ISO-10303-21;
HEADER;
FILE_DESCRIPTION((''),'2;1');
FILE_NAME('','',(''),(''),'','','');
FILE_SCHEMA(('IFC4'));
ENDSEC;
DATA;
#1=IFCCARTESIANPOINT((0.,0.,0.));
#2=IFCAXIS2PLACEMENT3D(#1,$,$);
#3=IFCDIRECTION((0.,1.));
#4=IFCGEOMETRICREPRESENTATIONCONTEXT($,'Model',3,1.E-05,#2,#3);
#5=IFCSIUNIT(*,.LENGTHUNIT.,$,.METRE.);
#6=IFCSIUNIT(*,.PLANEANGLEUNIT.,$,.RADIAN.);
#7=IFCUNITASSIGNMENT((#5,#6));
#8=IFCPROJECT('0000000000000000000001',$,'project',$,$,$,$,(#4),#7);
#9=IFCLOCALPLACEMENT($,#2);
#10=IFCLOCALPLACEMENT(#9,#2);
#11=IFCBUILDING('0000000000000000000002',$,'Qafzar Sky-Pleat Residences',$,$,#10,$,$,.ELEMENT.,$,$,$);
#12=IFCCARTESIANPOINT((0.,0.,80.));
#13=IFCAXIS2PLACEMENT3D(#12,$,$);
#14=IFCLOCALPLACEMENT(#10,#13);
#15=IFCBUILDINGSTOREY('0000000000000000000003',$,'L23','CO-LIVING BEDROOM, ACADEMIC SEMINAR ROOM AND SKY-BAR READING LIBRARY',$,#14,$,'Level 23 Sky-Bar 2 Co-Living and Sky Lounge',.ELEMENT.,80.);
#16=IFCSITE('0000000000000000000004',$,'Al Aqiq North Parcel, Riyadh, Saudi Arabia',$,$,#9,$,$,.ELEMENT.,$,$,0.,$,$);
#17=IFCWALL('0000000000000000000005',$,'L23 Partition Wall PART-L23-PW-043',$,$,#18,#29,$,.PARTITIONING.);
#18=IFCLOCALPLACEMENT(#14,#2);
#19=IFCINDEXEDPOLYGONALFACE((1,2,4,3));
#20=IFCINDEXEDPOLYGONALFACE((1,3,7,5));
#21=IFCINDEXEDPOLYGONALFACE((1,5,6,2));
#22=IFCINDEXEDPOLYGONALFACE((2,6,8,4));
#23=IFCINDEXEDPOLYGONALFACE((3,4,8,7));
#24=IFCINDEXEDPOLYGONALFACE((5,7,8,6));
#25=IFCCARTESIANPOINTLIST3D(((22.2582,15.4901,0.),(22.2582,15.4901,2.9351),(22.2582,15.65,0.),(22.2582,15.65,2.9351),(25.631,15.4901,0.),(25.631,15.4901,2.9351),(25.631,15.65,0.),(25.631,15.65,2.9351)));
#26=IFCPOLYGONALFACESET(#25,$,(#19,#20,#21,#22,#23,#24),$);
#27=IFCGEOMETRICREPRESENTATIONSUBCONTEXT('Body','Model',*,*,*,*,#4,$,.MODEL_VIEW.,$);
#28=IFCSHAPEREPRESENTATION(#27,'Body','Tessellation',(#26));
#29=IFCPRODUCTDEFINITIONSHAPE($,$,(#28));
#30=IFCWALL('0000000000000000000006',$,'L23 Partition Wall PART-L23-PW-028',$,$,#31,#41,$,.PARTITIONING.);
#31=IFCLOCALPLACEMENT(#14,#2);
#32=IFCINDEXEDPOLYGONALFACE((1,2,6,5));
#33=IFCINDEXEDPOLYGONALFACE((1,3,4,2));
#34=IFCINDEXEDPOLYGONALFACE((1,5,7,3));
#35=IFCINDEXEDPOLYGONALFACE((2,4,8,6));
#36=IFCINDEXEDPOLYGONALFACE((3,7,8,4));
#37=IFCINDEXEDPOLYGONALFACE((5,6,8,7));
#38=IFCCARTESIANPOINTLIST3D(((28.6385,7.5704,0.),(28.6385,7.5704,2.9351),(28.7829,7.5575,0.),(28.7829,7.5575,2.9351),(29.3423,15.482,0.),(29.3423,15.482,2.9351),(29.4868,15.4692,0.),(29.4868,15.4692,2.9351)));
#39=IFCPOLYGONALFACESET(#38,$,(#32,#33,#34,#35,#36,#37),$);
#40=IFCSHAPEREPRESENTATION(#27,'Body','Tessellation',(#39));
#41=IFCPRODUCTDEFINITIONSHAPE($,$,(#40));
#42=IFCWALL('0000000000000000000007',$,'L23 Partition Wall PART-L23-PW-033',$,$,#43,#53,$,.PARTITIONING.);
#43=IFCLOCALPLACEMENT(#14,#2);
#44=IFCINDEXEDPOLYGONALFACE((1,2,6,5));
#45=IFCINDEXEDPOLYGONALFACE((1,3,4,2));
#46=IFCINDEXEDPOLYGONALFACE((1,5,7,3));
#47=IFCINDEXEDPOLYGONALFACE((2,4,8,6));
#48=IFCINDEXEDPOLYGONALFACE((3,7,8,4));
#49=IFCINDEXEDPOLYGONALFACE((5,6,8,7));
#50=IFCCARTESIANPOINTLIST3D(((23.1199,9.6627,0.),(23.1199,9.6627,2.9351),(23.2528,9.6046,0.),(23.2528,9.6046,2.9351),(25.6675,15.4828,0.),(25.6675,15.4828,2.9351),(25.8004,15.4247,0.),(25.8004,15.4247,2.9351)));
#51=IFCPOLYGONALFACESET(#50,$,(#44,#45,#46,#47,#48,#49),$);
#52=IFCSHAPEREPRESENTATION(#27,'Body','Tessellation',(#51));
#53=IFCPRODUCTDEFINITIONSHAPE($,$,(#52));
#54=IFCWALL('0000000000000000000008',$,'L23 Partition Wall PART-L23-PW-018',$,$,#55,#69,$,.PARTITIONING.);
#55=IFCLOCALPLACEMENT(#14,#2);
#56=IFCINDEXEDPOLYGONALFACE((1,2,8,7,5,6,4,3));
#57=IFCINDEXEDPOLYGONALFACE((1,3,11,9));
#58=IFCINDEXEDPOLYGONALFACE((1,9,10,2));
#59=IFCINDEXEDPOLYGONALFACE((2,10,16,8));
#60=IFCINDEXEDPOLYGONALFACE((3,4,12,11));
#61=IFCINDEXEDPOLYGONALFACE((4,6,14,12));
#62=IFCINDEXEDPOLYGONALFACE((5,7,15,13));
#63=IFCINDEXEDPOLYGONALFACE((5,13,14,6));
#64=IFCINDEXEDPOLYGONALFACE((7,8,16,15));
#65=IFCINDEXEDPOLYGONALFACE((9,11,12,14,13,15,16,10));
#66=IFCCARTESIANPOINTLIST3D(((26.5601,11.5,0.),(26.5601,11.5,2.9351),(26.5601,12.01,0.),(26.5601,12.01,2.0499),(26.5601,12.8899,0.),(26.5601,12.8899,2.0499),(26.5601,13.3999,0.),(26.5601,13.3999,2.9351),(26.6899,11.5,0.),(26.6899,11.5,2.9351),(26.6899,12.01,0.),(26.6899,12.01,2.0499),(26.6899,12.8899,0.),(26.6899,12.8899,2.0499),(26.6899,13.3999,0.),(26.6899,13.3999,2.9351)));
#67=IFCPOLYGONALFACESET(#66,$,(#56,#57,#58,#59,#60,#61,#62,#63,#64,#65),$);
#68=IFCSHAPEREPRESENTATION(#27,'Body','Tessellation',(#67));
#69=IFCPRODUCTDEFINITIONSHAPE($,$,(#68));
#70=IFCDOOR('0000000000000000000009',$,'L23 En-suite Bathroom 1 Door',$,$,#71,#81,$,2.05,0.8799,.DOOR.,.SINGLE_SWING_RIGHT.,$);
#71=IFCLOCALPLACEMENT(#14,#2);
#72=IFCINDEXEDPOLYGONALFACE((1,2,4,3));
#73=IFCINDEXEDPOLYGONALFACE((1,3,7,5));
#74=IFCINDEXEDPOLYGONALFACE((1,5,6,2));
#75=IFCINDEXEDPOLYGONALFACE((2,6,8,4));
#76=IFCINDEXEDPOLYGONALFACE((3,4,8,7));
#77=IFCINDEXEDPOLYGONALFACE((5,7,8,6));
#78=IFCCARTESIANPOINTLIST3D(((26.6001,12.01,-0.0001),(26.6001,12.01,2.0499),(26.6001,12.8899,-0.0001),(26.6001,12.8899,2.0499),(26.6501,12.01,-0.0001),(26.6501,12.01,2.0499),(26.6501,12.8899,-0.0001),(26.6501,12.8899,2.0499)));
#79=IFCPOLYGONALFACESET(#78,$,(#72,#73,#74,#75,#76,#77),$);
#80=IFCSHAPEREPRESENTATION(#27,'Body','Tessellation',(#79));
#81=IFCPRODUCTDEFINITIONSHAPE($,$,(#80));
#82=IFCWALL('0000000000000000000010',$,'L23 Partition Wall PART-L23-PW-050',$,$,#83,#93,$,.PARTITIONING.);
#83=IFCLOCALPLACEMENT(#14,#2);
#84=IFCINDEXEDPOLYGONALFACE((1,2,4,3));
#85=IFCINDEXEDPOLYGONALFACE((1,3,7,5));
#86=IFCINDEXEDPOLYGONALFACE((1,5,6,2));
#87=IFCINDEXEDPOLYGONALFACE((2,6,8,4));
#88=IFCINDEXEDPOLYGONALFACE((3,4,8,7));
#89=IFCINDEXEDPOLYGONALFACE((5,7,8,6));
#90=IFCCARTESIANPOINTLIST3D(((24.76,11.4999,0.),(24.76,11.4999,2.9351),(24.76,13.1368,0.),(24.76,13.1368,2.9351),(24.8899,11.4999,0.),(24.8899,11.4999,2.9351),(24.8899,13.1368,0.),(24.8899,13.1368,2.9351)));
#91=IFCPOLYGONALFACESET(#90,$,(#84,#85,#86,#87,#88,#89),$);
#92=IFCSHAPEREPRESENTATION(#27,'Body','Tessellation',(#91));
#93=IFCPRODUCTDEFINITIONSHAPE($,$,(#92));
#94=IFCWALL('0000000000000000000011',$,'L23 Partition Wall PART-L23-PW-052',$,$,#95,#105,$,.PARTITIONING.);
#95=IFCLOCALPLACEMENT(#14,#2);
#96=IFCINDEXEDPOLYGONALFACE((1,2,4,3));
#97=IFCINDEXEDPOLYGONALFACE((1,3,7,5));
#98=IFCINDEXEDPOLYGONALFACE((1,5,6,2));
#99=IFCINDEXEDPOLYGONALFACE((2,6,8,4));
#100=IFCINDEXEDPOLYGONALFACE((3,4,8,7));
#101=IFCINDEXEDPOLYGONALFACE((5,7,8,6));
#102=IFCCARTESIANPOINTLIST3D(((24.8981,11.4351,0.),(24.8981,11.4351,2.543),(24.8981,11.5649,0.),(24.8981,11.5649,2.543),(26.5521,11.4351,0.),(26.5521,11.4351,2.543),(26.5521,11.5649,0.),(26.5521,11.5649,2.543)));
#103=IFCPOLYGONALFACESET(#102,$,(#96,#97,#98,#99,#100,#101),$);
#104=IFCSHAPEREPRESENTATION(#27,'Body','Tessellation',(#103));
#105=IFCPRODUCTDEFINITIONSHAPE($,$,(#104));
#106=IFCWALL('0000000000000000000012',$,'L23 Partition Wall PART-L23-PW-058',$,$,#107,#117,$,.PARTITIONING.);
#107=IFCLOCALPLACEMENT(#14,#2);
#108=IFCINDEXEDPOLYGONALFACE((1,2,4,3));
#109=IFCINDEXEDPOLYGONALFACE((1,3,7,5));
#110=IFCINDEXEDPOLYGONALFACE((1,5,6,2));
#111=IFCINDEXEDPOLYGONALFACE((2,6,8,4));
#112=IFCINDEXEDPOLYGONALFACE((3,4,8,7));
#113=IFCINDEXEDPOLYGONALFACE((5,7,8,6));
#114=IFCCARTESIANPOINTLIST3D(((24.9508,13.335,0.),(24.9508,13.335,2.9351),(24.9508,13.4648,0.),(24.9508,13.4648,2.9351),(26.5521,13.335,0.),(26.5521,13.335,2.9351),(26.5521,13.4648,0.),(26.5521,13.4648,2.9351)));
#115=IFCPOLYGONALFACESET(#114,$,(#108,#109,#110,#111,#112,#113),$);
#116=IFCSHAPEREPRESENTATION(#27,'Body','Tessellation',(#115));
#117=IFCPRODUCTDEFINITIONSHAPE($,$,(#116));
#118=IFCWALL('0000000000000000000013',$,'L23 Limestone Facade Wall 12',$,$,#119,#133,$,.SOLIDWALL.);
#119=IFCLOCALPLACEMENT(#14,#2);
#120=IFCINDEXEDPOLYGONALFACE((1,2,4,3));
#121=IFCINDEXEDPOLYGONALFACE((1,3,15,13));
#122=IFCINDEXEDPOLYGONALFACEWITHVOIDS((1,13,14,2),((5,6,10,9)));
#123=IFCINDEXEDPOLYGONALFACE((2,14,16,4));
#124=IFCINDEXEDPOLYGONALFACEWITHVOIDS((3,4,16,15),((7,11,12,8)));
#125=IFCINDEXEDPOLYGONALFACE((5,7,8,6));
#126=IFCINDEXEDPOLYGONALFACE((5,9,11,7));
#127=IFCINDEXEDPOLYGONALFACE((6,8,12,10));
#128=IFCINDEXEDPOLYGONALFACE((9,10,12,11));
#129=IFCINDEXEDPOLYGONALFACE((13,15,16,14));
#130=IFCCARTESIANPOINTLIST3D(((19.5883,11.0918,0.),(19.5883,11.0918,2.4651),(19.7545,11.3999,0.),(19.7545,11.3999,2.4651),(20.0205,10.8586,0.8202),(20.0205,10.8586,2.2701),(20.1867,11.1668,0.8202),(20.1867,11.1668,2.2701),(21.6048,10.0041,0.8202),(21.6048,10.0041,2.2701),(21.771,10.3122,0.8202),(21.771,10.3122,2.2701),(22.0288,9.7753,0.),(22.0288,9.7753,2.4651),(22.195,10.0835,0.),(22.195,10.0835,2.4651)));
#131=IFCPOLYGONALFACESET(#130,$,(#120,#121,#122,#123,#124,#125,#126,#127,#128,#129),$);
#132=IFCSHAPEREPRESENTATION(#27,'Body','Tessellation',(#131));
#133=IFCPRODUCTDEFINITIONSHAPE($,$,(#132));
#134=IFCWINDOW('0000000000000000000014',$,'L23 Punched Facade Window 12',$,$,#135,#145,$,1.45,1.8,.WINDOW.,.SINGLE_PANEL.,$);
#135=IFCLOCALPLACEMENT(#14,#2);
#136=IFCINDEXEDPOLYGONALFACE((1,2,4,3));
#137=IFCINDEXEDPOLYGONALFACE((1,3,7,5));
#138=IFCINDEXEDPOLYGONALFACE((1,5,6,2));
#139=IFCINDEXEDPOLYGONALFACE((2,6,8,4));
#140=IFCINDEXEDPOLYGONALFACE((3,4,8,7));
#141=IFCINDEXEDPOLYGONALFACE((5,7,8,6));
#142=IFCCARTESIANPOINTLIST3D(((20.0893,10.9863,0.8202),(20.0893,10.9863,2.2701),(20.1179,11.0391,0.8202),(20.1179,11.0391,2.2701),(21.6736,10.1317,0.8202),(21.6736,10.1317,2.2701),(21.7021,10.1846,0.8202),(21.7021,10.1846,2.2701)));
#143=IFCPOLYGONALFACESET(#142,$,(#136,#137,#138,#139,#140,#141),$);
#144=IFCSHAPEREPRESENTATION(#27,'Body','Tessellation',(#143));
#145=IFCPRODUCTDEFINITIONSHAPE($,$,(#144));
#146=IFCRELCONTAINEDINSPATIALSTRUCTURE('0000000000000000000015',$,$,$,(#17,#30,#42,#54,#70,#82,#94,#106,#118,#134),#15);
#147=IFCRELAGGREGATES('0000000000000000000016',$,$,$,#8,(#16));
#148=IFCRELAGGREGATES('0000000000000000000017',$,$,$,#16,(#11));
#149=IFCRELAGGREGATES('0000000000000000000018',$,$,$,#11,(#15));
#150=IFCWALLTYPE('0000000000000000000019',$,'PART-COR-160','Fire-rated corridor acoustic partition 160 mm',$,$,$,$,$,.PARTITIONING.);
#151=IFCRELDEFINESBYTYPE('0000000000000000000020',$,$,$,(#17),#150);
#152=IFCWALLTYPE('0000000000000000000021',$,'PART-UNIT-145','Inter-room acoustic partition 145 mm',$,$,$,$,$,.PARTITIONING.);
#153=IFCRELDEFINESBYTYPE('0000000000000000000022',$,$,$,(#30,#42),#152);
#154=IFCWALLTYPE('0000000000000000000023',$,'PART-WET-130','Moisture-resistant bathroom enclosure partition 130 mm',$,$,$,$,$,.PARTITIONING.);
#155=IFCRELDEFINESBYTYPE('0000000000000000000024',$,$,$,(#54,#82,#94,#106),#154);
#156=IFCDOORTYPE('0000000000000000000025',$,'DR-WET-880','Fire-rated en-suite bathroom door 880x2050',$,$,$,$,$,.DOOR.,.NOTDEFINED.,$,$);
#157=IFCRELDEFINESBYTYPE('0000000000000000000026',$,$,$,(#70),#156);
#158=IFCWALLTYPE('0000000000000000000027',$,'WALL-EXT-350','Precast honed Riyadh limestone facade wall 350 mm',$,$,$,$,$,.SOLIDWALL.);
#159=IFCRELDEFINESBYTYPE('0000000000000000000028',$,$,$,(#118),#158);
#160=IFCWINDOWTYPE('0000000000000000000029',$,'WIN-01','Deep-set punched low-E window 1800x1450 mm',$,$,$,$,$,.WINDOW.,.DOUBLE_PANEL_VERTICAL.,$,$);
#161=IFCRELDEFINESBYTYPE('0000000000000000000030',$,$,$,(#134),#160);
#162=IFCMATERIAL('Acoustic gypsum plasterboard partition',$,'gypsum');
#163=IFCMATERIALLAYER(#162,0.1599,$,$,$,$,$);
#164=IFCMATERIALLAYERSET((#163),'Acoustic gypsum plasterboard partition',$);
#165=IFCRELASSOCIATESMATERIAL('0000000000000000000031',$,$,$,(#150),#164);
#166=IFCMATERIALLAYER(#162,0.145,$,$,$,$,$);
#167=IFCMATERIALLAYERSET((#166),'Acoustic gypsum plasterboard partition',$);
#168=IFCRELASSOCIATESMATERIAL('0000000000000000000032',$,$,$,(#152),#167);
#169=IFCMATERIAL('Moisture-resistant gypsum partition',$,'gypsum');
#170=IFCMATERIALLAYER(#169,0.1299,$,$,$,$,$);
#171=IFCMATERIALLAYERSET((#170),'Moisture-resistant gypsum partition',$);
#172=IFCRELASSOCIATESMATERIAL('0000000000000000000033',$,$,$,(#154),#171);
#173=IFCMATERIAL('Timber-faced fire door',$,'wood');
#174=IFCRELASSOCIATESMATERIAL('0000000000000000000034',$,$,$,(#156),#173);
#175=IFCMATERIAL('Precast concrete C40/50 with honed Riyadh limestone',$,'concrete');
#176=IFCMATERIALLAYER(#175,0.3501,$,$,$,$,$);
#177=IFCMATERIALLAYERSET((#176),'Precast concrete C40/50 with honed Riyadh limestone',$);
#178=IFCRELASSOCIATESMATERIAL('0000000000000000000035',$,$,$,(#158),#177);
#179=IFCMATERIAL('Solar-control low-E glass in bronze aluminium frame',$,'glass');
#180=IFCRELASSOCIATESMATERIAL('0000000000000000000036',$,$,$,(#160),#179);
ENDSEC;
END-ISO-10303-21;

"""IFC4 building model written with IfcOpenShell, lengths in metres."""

from ifc_helpers import new_model, si_unit, direction, frame, frame_2d, origin, place, context, subcontext, project, spatial, rectangle, extrude, source, transform, mapped, material, layer, layer_set, type_object, element, fill, save


model = new_model("IFC4")

# Units and contexts
model_context = context("Model", 3, precision=1e-05, world=origin(), true_north=direction((0.0, 1.0)))
body_context = subcontext(model_context, "Body", "Model", "MODEL_VIEW")
ifc_project = project(units=[si_unit("LENGTHUNIT", "METRE"), si_unit("PLANEANGLEUNIT", "RADIAN")], contexts=[model_context])

# Site, building, storey
site_placement = place(None, origin())
site = spatial("IfcSite", under=ifc_project, at=site_placement, Name="Al Aqiq North Parcel, Riyadh, Saudi Arabia", CompositionType="ELEMENT", RefElevation=0.0)
building_placement = place(site_placement, origin())
building = spatial("IfcBuilding", under=site, at=building_placement, Name="Qafzar Sky-Pleat Residences", CompositionType="ELEMENT")
storey_placement = place(building_placement, frame((0.0, 0.0, 80.0)))
storey = spatial("IfcBuildingStorey", under=building, at=storey_placement, Name="L23", Description="CO-LIVING BEDROOM, ACADEMIC SEMINAR ROOM AND SKY-BAR READING LIBRARY", LongName="Level 23 Sky-Bar 2 Co-Living and Sky Lounge", CompositionType="ELEMENT", Elevation=80.0)

# Shared definitions
ifc_material_1 = material(Name="Acoustic gypsum plasterboard partition", Category="gypsum")
ifc_layer_1 = layer(ifc_material_1, 0.1599)
ifc_layer_set_1 = layer_set([ifc_layer_1], Name="Acoustic gypsum plasterboard partition")
wall_type_1 = type_object("IfcWallType", Name="PART-COR-160", Description="Fire-rated corridor acoustic partition 160 mm", PredefinedType="PARTITIONING", material=ifc_layer_set_1)
ifc_material_2 = material(Name="Timber-faced fire door", Category="wood")

# Walls
wall_1_placement = place(storey_placement, frame((22.2581, 15.5701, 0.0), z_axis=(0.0, 0.0, 1.0), x_axis=(1.0, 0.0, 0.0)))
element("IfcWall", 1, at=wall_1_placement, inside=storey, type_object=wall_type_1, Name="L23 Partition Wall PART-L23-PW-043", PredefinedType="PARTITIONING", context=body_context, shape_type="SweptSolid", body=[
    extrude(rectangle(XDim=3.3728, YDim=0.1599, at=frame_2d((1.6865, 0.0))), origin(), (0.0, 0.0, 1.0), 2.9351),
])
ifc_layer_2 = layer(ifc_material_1, 0.145)
ifc_layer_set_2 = layer_set([ifc_layer_2], Name="Acoustic gypsum plasterboard partition")
wall_type_2 = type_object("IfcWallType", Name="PART-UNIT-145", Description="Inter-room acoustic partition 145 mm", PredefinedType="PARTITIONING", material=ifc_layer_set_2)
wall_2_placement = place(storey_placement, frame((28.7107, 7.564, 0.0), z_axis=(0.0, 0.0, 1.0), x_axis=(0.088615, 0.996066, 0.0)))
element("IfcWall", 2, at=wall_2_placement, inside=storey, type_object=wall_type_2, Name="L23 Partition Wall PART-L23-PW-028", PredefinedType="PARTITIONING", context=body_context, shape_type="SweptSolid", body=[
    extrude(rectangle(XDim=7.9429, YDim=0.145, at=frame_2d((3.9714, 0.0))), origin(), (0.0, 0.0, 1.0), 2.9351),
])
wall_3_placement = place(storey_placement, frame((23.1863, 9.6335, 0.0), z_axis=(0.0, 0.0, 1.0), x_axis=(0.400994, 0.916081, 0.0)))
element("IfcWall", 3, at=wall_3_placement, inside=storey, type_object=wall_type_2, Name="L23 Partition Wall PART-L23-PW-033", PredefinedType="PARTITIONING", context=body_context, shape_type="SweptSolid", body=[
    extrude(rectangle(XDim=6.3533, YDim=0.145, at=frame_2d((3.1768, 0.0))), origin(), (0.0, 0.0, 1.0), 2.9351),
])

# Wall, opening, door
ifc_material_3 = material(Name="Moisture-resistant gypsum partition", Category="gypsum")
ifc_layer_3 = layer(ifc_material_3, 0.1299)
ifc_layer_set_3 = layer_set([ifc_layer_3], Name="Moisture-resistant gypsum partition")
wall_type_3 = type_object("IfcWallType", Name="PART-WET-130", Description="Moisture-resistant bathroom enclosure partition 130 mm", PredefinedType="PARTITIONING", material=ifc_layer_set_3)
wall_4_placement = place(storey_placement, frame((26.625, 11.5, 0.0), z_axis=(0.0, 0.0, 1.0), x_axis=(0.0, 1.0, 0.0)))
wall_4 = element("IfcWall", 4, at=wall_4_placement, inside=storey, type_object=wall_type_3, Name="L23 Partition Wall PART-L23-PW-018", PredefinedType="PARTITIONING", context=body_context, shape_type="SweptSolid", body=[
    extrude(rectangle(XDim=1.8999, YDim=0.1299, at=frame_2d((0.95, 0.0))), origin(), (0.0, 0.0, 1.0), 2.9351),
])
opening_1_placement = place(wall_4_placement, frame((0.51, 0.0, 0.0)))
opening_1 = element("IfcOpeningElement", 5, at=opening_1_placement, cuts=wall_4, PredefinedType="OPENING", context=body_context, shape_type="SweptSolid", body=[
    extrude(rectangle(XDim=0.8799, YDim=2.05, at=frame_2d((0.4399, 1.0249))), frame((0.0, 0.075, 0.0), z_axis=(0.0, -1.0, 0.0), x_axis=(1.0, 0.0, 0.0)), (0.0, 0.0, 1.0), 0.1499),
])
door_type_1 = type_object("IfcDoorType", Name="DR-WET-880", Description="Fire-rated en-suite bathroom door 880x2050", OperationType="NOTDEFINED", PredefinedType="DOOR", material=ifc_material_2)
shared_shape_1 = source(origin(), body_context, "Body", "SweptSolid", [
    extrude(rectangle(XDim=0.8799, YDim=2.05, at=frame_2d((0.4399, 1.0249))), frame((0.0, 0.0249, 0.0), z_axis=(0.0, -1.0, 0.0), x_axis=(1.0, 0.0, 0.0)), (0.0, 0.0, 1.0), 0.05),
])
door_1_placement = place(opening_1_placement, origin())
door_1 = element("IfcDoor", 6, at=door_1_placement, inside=storey, type_object=door_type_1, Name="L23 En-suite Bathroom 1 Door", OperationType="SINGLE_SWING_RIGHT", OverallHeight=2.05, OverallWidth=0.8799, PredefinedType="DOOR", context=body_context, shape_type="MappedRepresentation", body=[
    mapped(shared_shape_1, transform((0.0, 0.0, 0.0), x_axis=(1.0, 0.0, 0.0), y_axis=(0.0, 1.0, 0.0), z_axis=(0.0, 0.0, 1.0), scale=1.0)),
])
fill(opening_1, door_1)

# Walls
wall_5_placement = place(storey_placement, frame((24.825, 11.5, 0.0), z_axis=(0.0, 0.0, 1.0), x_axis=(0.0, 1.0, 0.0)))
element("IfcWall", 7, at=wall_5_placement, inside=storey, type_object=wall_type_3, Name="L23 Partition Wall PART-L23-PW-050", PredefinedType="PARTITIONING", context=body_context, shape_type="SweptSolid", body=[
    extrude(rectangle(XDim=1.637, YDim=0.1299, at=frame_2d((0.8184, 0.0))), origin(), (0.0, 0.0, 1.0), 2.9351),
])
wall_6_placement = place(storey_placement, frame((24.8979, 11.5, 0.0), z_axis=(0.0, 0.0, 1.0), x_axis=(1.0, 0.0, 0.0)))
element("IfcWall", 8, at=wall_6_placement, inside=storey, type_object=wall_type_3, Name="L23 Partition Wall PART-L23-PW-052", PredefinedType="PARTITIONING", context=body_context, shape_type="SweptSolid", body=[
    extrude(rectangle(XDim=1.6541, YDim=0.1299, at=frame_2d((0.8271, 0.0))), origin(), (0.0, 0.0, 1.0), 2.543),
])
wall_7_placement = place(storey_placement, frame((24.9507, 13.3999, 0.0), z_axis=(0.0, 0.0, 1.0), x_axis=(1.0, 0.0, 0.0)))
element("IfcWall", 9, at=wall_7_placement, inside=storey, type_object=wall_type_3, Name="L23 Partition Wall PART-L23-PW-058", PredefinedType="PARTITIONING", context=body_context, shape_type="SweptSolid", body=[
    extrude(rectangle(XDim=1.6013, YDim=0.1299, at=frame_2d((0.8008, 0.0))), origin(), (0.0, 0.0, 1.0), 2.9351),
])

# Wall, opening, window
ifc_material_4 = material(Name="Precast concrete C40/50 with honed Riyadh limestone", Category="concrete")
ifc_layer_4 = layer(ifc_material_4, 0.3501)
ifc_layer_set_4 = layer_set([ifc_layer_4], Name="Precast concrete C40/50 with honed Riyadh limestone")
wall_type_4 = type_object("IfcWallType", Name="WALL-EXT-350", Description="Precast honed Riyadh limestone facade wall 350 mm", PredefinedType="SOLIDWALL", material=ifc_layer_set_4)
wall_8_placement = place(storey_placement, frame((19.6714, 11.2458, 0.0), z_axis=(0.0, 0.0, 1.0), x_axis=(0.88012, -0.474751, 0.0)))
wall_8 = element("IfcWall", 10, at=wall_8_placement, inside=storey, type_object=wall_type_4, Name="L23 Limestone Facade Wall 12", PredefinedType="SOLIDWALL", context=body_context, shape_type="SweptSolid", body=[
    extrude(rectangle(XDim=2.7729, YDim=0.3501, at=frame_2d((1.3865, 0.0))), origin(), (0.0, 0.0, 1.0), 2.4651),
])
opening_2_placement = place(wall_8_placement, frame((0.4912, 0.0, 0.8201)))
opening_2 = element("IfcOpeningElement", 11, at=opening_2_placement, cuts=wall_8, PredefinedType="OPENING", context=body_context, shape_type="SweptSolid", body=[
    extrude(rectangle(XDim=1.8, YDim=1.45, at=frame_2d((0.8999, 0.7251))), frame((0.0, 0.1851, 0.0), z_axis=(0.0, -1.0, 0.0), x_axis=(1.0, 0.0, 0.0)), (0.0, 0.0, 1.0), 0.3701),
])
ifc_material_5 = material(Name="Solar-control low-E glass in bronze aluminium frame", Category="glass")
window_type_1 = type_object("IfcWindowType", Name="WIN-01", Description="Deep-set punched low-E window 1800x1450 mm", PartitioningType="DOUBLE_PANEL_VERTICAL", PredefinedType="WINDOW", material=ifc_material_5)
shared_shape_2 = source(origin(), body_context, "Body", "SweptSolid", [
    extrude(rectangle(XDim=1.8, YDim=1.45, at=frame_2d((0.8999, 0.7251))), frame((0.0, 0.03, 0.0), z_axis=(0.0, -1.0, 0.0), x_axis=(1.0, 0.0, 0.0)), (0.0, 0.0, 1.0), 0.0601),
])
window_1_placement = place(opening_2_placement, origin())
window_1 = element("IfcWindow", 12, at=window_1_placement, inside=storey, type_object=window_type_1, Name="L23 Punched Facade Window 12", OverallHeight=1.45, OverallWidth=1.8, PartitioningType="SINGLE_PANEL", PredefinedType="WINDOW", context=body_context, shape_type="MappedRepresentation", body=[
    mapped(shared_shape_2, transform((0.0, 0.0, 0.0), x_axis=(1.0, 0.0, 0.0), y_axis=(0.0, 1.0, 0.0), z_axis=(0.0, 0.0, 1.0), scale=1.0)),
])
fill(opening_2, window_1)

save(model, "model.ifc")
